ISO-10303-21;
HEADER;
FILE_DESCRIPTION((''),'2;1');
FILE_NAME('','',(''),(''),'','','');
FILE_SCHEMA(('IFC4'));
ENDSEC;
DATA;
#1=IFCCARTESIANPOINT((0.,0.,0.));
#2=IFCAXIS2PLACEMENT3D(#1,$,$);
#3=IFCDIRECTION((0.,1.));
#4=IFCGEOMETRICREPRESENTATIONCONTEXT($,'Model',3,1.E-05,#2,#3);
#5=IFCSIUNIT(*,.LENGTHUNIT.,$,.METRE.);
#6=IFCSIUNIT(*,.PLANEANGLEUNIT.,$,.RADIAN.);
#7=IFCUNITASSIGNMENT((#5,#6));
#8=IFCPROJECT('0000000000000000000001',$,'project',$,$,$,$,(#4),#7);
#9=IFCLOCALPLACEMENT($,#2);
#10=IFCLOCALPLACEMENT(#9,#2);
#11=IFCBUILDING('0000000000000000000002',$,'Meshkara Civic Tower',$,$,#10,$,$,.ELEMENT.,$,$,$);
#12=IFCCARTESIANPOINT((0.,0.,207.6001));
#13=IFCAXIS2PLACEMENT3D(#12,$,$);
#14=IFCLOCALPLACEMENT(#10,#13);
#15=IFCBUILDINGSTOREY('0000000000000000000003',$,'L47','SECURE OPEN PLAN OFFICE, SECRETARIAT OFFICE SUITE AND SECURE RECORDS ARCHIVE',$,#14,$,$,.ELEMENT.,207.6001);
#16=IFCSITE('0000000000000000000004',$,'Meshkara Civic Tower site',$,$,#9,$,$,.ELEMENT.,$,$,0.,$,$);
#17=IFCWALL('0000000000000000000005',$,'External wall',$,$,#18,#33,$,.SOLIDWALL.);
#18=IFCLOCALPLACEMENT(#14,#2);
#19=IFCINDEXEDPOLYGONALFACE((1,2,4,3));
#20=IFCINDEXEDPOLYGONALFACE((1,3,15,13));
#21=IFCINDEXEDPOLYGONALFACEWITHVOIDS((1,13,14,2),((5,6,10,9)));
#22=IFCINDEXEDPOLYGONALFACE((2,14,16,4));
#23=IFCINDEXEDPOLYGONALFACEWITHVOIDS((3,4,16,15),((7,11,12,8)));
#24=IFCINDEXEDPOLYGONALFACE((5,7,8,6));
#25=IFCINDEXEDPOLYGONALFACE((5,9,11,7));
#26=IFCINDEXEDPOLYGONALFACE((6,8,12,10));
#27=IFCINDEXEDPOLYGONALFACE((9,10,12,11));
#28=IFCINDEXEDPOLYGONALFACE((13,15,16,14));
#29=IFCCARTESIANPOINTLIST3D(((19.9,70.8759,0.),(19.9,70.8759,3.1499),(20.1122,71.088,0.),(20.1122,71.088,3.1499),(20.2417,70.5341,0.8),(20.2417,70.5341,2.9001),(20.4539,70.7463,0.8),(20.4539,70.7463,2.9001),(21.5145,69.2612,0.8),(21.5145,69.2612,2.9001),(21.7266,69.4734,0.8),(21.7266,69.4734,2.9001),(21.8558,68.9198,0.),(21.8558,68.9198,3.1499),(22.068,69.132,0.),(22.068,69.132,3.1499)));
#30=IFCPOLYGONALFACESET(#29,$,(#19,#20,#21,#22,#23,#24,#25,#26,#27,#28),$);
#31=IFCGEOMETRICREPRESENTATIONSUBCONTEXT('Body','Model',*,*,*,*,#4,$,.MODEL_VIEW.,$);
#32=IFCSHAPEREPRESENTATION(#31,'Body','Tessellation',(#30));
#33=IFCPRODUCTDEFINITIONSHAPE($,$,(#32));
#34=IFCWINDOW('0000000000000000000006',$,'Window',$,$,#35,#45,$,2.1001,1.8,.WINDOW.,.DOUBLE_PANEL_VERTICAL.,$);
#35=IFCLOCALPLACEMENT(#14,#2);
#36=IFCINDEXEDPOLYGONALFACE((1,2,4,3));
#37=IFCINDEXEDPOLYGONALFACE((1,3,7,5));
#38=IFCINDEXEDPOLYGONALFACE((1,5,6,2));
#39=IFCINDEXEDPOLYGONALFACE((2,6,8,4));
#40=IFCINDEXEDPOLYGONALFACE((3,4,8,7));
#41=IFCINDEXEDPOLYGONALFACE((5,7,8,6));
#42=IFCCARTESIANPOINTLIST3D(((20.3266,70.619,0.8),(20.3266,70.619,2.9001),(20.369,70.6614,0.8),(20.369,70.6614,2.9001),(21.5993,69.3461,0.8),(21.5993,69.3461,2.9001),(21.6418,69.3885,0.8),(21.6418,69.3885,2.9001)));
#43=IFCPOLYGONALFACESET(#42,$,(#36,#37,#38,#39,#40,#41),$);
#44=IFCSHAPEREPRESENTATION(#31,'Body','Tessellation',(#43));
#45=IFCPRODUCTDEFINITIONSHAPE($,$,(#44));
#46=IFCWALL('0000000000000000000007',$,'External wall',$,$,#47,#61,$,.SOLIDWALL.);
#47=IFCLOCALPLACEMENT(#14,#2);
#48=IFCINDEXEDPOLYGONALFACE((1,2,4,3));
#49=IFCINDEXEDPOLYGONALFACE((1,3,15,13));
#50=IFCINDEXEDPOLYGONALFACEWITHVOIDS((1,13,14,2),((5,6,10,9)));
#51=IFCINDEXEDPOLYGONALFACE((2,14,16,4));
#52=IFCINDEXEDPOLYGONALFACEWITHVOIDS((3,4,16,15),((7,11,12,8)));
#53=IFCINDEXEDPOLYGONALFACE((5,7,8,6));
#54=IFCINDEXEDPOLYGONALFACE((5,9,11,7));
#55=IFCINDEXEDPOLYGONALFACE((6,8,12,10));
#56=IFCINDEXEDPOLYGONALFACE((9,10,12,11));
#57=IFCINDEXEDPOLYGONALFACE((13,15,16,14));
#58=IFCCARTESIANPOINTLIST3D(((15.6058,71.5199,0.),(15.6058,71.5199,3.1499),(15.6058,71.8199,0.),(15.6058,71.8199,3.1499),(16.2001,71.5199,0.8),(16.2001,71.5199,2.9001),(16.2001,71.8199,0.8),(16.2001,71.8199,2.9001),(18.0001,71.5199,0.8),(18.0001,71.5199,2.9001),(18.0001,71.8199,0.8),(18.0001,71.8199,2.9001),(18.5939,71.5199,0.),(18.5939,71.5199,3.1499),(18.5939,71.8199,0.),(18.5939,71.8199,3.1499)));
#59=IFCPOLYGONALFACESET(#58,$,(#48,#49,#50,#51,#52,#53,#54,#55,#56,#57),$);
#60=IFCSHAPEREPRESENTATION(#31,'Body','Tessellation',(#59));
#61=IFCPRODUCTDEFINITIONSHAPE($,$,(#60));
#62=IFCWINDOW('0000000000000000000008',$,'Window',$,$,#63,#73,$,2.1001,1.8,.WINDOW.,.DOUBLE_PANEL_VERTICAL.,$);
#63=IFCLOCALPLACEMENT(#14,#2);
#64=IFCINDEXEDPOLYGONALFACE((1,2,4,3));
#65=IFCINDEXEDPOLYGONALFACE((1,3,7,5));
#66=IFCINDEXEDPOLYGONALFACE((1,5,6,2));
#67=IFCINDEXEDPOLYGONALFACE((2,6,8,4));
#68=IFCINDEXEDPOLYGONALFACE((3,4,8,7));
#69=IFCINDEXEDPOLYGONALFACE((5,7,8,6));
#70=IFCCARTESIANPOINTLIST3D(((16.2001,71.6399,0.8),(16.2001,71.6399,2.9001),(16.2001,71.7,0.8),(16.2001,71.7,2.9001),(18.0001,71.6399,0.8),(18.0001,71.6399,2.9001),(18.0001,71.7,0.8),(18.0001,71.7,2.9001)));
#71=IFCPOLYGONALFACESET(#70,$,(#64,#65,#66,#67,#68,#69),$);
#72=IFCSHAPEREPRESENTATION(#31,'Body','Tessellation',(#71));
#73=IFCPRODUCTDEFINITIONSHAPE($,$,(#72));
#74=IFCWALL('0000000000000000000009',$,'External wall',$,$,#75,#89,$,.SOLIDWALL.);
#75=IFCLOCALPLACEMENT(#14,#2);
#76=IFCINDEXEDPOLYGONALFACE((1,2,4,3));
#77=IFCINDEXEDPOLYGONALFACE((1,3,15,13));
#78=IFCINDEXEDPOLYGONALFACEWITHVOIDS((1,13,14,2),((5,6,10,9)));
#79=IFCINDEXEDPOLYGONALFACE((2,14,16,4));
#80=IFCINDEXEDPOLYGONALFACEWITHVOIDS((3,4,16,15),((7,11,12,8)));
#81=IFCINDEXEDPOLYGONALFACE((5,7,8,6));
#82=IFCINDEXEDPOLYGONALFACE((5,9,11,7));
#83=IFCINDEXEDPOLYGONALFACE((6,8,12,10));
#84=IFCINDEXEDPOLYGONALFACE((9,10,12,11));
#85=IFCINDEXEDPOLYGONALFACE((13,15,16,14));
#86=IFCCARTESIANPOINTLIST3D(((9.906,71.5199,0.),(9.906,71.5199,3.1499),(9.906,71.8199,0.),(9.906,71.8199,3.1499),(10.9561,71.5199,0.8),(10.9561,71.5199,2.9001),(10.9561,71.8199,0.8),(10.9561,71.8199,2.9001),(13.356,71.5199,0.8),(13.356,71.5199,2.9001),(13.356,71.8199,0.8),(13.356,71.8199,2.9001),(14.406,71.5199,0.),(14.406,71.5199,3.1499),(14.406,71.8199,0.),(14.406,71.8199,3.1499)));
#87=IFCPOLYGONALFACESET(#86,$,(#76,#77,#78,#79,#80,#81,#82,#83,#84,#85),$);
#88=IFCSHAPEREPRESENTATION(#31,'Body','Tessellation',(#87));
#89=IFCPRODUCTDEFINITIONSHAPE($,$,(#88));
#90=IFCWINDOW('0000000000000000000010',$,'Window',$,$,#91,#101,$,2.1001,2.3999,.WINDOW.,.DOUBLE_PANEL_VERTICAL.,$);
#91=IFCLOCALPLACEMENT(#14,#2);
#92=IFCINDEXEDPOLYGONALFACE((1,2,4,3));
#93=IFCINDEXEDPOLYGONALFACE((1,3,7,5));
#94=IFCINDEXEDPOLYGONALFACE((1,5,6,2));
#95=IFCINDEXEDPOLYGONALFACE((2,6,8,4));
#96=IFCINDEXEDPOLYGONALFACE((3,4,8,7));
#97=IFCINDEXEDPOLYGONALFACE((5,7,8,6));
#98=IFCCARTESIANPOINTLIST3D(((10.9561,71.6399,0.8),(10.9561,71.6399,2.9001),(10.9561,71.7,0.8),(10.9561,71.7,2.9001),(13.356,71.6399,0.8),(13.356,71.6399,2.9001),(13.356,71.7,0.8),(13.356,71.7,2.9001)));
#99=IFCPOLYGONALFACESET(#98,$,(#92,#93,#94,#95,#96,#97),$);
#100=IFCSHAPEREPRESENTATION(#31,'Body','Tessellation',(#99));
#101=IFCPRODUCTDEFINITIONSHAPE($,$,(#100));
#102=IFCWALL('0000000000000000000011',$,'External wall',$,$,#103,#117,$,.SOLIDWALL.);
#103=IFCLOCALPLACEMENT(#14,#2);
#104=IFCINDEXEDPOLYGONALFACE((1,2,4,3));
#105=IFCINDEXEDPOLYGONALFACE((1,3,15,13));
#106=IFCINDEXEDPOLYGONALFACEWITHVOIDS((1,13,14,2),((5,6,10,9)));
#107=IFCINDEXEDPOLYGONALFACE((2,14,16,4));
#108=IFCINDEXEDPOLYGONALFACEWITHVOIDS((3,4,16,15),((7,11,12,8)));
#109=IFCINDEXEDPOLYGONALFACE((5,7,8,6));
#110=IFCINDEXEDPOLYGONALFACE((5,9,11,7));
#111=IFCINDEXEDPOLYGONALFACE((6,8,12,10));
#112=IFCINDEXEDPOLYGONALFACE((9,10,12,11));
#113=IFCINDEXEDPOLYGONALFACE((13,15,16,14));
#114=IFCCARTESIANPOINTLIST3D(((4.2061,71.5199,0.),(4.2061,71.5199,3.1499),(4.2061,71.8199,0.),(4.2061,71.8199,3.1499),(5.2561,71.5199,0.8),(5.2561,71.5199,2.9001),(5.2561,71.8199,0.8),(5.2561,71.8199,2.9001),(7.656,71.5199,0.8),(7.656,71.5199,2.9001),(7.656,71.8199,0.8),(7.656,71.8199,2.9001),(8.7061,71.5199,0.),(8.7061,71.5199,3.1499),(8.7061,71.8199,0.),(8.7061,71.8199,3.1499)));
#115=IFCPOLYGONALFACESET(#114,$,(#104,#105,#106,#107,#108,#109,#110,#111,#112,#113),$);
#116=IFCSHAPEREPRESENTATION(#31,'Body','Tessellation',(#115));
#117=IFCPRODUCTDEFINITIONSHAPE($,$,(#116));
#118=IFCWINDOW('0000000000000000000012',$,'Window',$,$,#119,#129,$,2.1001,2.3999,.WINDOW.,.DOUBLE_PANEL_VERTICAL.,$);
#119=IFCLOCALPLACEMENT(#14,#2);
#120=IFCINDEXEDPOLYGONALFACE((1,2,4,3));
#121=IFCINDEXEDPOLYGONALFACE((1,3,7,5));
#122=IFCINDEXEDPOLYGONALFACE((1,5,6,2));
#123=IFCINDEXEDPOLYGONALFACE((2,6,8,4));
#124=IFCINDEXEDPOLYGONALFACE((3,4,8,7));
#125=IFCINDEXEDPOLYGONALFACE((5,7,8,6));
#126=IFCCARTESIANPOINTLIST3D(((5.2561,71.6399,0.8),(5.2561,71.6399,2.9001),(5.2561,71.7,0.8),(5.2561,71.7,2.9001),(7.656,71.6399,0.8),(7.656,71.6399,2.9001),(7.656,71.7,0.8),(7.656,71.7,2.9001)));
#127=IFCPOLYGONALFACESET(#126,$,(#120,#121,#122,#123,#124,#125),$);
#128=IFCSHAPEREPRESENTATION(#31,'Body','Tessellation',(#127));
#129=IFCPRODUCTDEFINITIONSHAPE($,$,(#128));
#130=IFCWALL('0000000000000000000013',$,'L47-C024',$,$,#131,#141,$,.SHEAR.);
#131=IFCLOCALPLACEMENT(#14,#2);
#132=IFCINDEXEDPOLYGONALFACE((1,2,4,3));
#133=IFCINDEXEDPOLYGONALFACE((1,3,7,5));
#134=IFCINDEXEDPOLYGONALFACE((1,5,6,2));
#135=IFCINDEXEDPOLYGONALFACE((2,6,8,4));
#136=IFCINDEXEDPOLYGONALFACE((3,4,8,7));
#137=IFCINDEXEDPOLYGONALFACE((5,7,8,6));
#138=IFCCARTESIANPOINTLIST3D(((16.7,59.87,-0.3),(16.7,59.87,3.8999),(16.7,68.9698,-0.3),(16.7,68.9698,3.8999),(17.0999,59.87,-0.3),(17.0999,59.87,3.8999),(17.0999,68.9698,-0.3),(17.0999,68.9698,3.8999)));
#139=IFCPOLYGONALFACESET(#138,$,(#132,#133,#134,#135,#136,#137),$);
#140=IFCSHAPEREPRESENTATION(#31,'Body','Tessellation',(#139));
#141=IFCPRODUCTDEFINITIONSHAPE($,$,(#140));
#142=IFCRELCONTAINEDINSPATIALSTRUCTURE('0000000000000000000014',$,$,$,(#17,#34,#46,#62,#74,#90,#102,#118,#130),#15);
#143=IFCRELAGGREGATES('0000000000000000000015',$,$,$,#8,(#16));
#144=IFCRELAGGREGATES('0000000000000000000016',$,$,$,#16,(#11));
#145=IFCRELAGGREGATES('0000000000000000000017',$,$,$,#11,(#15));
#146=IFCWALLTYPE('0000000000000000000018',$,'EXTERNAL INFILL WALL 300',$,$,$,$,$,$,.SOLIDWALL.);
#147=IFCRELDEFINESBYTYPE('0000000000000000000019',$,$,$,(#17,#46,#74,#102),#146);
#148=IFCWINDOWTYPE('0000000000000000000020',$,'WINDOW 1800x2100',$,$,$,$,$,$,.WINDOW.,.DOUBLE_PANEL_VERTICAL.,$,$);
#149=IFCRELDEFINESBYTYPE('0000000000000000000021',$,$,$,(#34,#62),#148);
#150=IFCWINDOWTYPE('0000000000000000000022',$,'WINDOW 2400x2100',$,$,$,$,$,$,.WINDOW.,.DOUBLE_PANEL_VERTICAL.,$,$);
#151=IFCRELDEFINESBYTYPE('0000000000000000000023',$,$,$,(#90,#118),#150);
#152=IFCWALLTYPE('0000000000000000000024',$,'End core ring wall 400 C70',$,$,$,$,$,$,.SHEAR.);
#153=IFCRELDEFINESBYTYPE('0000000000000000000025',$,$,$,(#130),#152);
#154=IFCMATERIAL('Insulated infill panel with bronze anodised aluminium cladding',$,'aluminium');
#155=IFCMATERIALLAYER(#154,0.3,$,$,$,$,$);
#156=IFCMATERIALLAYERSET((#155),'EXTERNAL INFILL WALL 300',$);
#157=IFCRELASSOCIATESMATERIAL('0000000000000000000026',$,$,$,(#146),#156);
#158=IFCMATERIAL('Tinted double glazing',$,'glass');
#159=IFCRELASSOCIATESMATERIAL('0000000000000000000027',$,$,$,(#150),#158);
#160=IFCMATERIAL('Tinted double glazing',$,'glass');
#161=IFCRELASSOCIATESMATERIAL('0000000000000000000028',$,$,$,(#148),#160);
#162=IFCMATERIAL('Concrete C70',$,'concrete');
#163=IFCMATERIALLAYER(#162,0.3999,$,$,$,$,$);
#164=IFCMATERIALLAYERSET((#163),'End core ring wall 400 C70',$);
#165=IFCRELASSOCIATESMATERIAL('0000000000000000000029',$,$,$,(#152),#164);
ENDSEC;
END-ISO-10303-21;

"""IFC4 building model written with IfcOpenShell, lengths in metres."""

from ifc_helpers import new_model, si_unit, direction, frame, frame_2d, origin, place, context, subcontext, project, spatial, rectangle, extrude, material, layer, layer_set, type_object, element, fill, save


model = new_model("IFC4")

# Units and contexts
model_context = context("Model", 3, precision=1e-05, world=origin(), true_north=direction((0.0, 1.0)))
body_context = subcontext(model_context, "Body", "Model", "MODEL_VIEW")
ifc_project = project(units=[si_unit("LENGTHUNIT", "METRE"), si_unit("PLANEANGLEUNIT", "RADIAN")], contexts=[model_context])

# Site, building, storey
site_placement = place(None, origin())
site = spatial("IfcSite", under=ifc_project, at=site_placement, Name="Meshkara Civic Tower site", CompositionType="ELEMENT", RefElevation=0.0)
building_placement = place(site_placement, origin())
building = spatial("IfcBuilding", under=site, at=building_placement, Name="Meshkara Civic Tower", CompositionType="ELEMENT")
storey_placement = place(building_placement, frame((0.0, 0.0, 207.6001)))
storey = spatial("IfcBuildingStorey", under=building, at=storey_placement, Name="L47", Description="SECURE OPEN PLAN OFFICE, SECRETARIAT OFFICE SUITE AND SECURE RECORDS ARCHIVE", CompositionType="ELEMENT", Elevation=207.6001)

# Walls, openings, windows
ifc_material_1 = material(Name="Insulated infill panel with bronze anodised aluminium cladding", Category="aluminium")
ifc_layer_1 = layer(ifc_material_1, 0.3)
ifc_layer_set_1 = layer_set([ifc_layer_1], Name="EXTERNAL INFILL WALL 300")
wall_type_1 = type_object("IfcWallType", Name="EXTERNAL INFILL WALL 300", PredefinedType="SOLIDWALL", material=ifc_layer_set_1)
ifc_material_2 = material(Name="Tinted double glazing", Category="glass")
window_type_1 = type_object("IfcWindowType", Name="WINDOW 2400x2100", PartitioningType="DOUBLE_PANEL_VERTICAL", PredefinedType="WINDOW", material=ifc_material_2)
wall_1_placement = place(storey_placement, frame((21.9619, 69.0259, 0.0), z_axis=(0.0, 0.0, 1.0), x_axis=(-0.707063, 0.707151, 0.0)))
wall_1 = element("IfcWall", 1, at=wall_1_placement, inside=storey, type_object=wall_type_1, Name="External wall", PredefinedType="SOLIDWALL", context=body_context, shape_type="SweptSolid", body=[
    extrude(rectangle(XDim=2.7661, YDim=0.3, at=frame_2d((1.3831, 0.0))), origin(), (0.0, 0.0, 1.0), 3.1499),
])
opening_1_placement = place(wall_1_placement, frame((0.4829, 0.0, 0.8)))
opening_1 = element("IfcOpeningElement", 2, at=opening_1_placement, cuts=wall_1, PredefinedType="OPENING", context=body_context, shape_type="SweptSolid", body=[
    extrude(rectangle(XDim=1.8, YDim=2.1001, at=frame_2d((0.8999, 1.05))), frame((0.0, 0.1599, 0.0), z_axis=(0.0, -1.0, 0.0), x_axis=(1.0, 0.0, 0.0)), (0.0, 0.0, 1.0), 0.3201),
])
ifc_material_3 = material(Name="Tinted double glazing", Category="glass")
window_type_2 = type_object("IfcWindowType", Name="WINDOW 1800x2100", PartitioningType="DOUBLE_PANEL_VERTICAL", PredefinedType="WINDOW", material=ifc_material_3)
window_1_placement = place(opening_1_placement, origin())
window_1 = element("IfcWindow", 3, at=window_1_placement, inside=storey, type_object=window_type_2, Name="Window", OverallHeight=2.1001, OverallWidth=1.8, PartitioningType="DOUBLE_PANEL_VERTICAL", PredefinedType="WINDOW", context=body_context, shape_type="SweptSolid", body=[
    extrude(rectangle(XDim=1.8, YDim=2.1001, at=frame_2d((0.8999, 1.05))), frame((0.0, 0.03, 0.0), z_axis=(0.0, -1.0, 0.0), x_axis=(1.0, 0.0, 0.0)), (0.0, 0.0, 1.0), 0.0601),
])
fill(opening_1, window_1)
wall_2_placement = place(storey_placement, frame((18.594, 71.6699, 0.0), z_axis=(0.0, 0.0, 1.0), x_axis=(-1.0, 0.0, 0.0)))
wall_2 = element("IfcWall", 4, at=wall_2_placement, inside=storey, type_object=wall_type_1, Name="External wall", PredefinedType="SOLIDWALL", context=body_context, shape_type="SweptSolid", body=[
    extrude(rectangle(XDim=2.988, YDim=0.3, at=frame_2d((1.4941, 0.0))), origin(), (0.0, 0.0, 1.0), 3.1499),
])
opening_2_placement = place(wall_2_placement, frame((0.594, 0.0, 0.8)))
opening_2 = element("IfcOpeningElement", 5, at=opening_2_placement, cuts=wall_2, PredefinedType="OPENING", context=body_context, shape_type="SweptSolid", body=[
    extrude(rectangle(XDim=1.8, YDim=2.1001, at=frame_2d((0.8999, 1.05))), frame((0.0, 0.1599, 0.0), z_axis=(0.0, -1.0, 0.0), x_axis=(1.0, 0.0, 0.0)), (0.0, 0.0, 1.0), 0.3201),
])
window_2_placement = place(opening_2_placement, origin())
window_2 = element("IfcWindow", 6, at=window_2_placement, inside=storey, type_object=window_type_2, Name="Window", OverallHeight=2.1001, OverallWidth=1.8, PartitioningType="DOUBLE_PANEL_VERTICAL", PredefinedType="WINDOW", context=body_context, shape_type="SweptSolid", body=[
    extrude(rectangle(XDim=1.8, YDim=2.1001, at=frame_2d((0.8999, 1.05))), frame((0.0, 0.03, 0.0), z_axis=(0.0, -1.0, 0.0), x_axis=(1.0, 0.0, 0.0)), (0.0, 0.0, 1.0), 0.0601),
])
fill(opening_2, window_2)
wall_3_placement = place(storey_placement, frame((14.406, 71.6699, 0.0), z_axis=(0.0, 0.0, 1.0), x_axis=(-1.0, 0.0, 0.0)))
wall_3 = element("IfcWall", 7, at=wall_3_placement, inside=storey, type_object=wall_type_1, Name="External wall", PredefinedType="SOLIDWALL", context=body_context, shape_type="SweptSolid", body=[
    extrude(rectangle(XDim=4.5, YDim=0.3, at=frame_2d((2.25, 0.0))), origin(), (0.0, 0.0, 1.0), 3.1499),
])
opening_3_placement = place(wall_3_placement, frame((1.05, 0.0, 0.8)))
opening_3 = element("IfcOpeningElement", 8, at=opening_3_placement, cuts=wall_3, PredefinedType="OPENING", context=body_context, shape_type="SweptSolid", body=[
    extrude(rectangle(XDim=2.3999, YDim=2.1001, at=frame_2d((1.2, 1.05))), frame((0.0, 0.1599, 0.0), z_axis=(0.0, -1.0, 0.0), x_axis=(1.0, 0.0, 0.0)), (0.0, 0.0, 1.0), 0.3201),
])
window_3_placement = place(opening_3_placement, origin())
window_3 = element("IfcWindow", 9, at=window_3_placement, inside=storey, type_object=window_type_1, Name="Window", OverallHeight=2.1001, OverallWidth=2.3999, PartitioningType="DOUBLE_PANEL_VERTICAL", PredefinedType="WINDOW", context=body_context, shape_type="SweptSolid", body=[
    extrude(rectangle(XDim=2.3999, YDim=2.1001, at=frame_2d((1.2, 1.05))), frame((0.0, 0.03, 0.0), z_axis=(0.0, -1.0, 0.0), x_axis=(1.0, 0.0, 0.0)), (0.0, 0.0, 1.0), 0.0601),
])
fill(opening_3, window_3)
wall_4_placement = place(storey_placement, frame((8.7061, 71.6699, 0.0), z_axis=(0.0, 0.0, 1.0), x_axis=(-1.0, 0.0, 0.0)))
wall_4 = element("IfcWall", 10, at=wall_4_placement, inside=storey, type_object=wall_type_1, Name="External wall", PredefinedType="SOLIDWALL", context=body_context, shape_type="SweptSolid", body=[
    extrude(rectangle(XDim=4.5, YDim=0.3, at=frame_2d((2.25, 0.0))), origin(), (0.0, 0.0, 1.0), 3.1499),
])
opening_4_placement = place(wall_4_placement, frame((1.05, 0.0, 0.8)))
opening_4 = element("IfcOpeningElement", 11, at=opening_4_placement, cuts=wall_4, PredefinedType="OPENING", context=body_context, shape_type="SweptSolid", body=[
    extrude(rectangle(XDim=2.3999, YDim=2.1001, at=frame_2d((1.2, 1.05))), frame((0.0, 0.1599, 0.0), z_axis=(0.0, -1.0, 0.0), x_axis=(1.0, 0.0, 0.0)), (0.0, 0.0, 1.0), 0.3201),
])
window_4_placement = place(opening_4_placement, origin())
window_4 = element("IfcWindow", 12, at=window_4_placement, inside=storey, type_object=window_type_1, Name="Window", OverallHeight=2.1001, OverallWidth=2.3999, PartitioningType="DOUBLE_PANEL_VERTICAL", PredefinedType="WINDOW", context=body_context, shape_type="SweptSolid", body=[
    extrude(rectangle(XDim=2.3999, YDim=2.1001, at=frame_2d((1.2, 1.05))), frame((0.0, 0.03, 0.0), z_axis=(0.0, -1.0, 0.0), x_axis=(1.0, 0.0, 0.0)), (0.0, 0.0, 1.0), 0.0601),
])
fill(opening_4, window_4)

# Wall
ifc_material_4 = material(Name="Concrete C70", Category="concrete")
ifc_layer_2 = layer(ifc_material_4, 0.3999)
ifc_layer_set_2 = layer_set([ifc_layer_2], Name="End core ring wall 400 C70")
wall_type_2 = type_object("IfcWallType", Name="End core ring wall 400 C70", PredefinedType="SHEAR", material=ifc_layer_set_2)
wall_5_placement = place(storey_placement, frame((16.8999, 59.8701, -0.3), z_axis=(0.0, 0.0, 1.0), x_axis=(0.0, 1.0, 0.0)))
element("IfcWall", 13, at=wall_5_placement, inside=storey, type_object=wall_type_2, Name="L47-C024", PredefinedType="SHEAR", context=body_context, shape_type="SweptSolid", body=[
    extrude(rectangle(XDim=9.0999, YDim=0.3999, at=frame_2d((4.5498, 0.0))), origin(), (0.0, 0.0, 1.0), 4.2),
])

save(model, "model.ifc")
